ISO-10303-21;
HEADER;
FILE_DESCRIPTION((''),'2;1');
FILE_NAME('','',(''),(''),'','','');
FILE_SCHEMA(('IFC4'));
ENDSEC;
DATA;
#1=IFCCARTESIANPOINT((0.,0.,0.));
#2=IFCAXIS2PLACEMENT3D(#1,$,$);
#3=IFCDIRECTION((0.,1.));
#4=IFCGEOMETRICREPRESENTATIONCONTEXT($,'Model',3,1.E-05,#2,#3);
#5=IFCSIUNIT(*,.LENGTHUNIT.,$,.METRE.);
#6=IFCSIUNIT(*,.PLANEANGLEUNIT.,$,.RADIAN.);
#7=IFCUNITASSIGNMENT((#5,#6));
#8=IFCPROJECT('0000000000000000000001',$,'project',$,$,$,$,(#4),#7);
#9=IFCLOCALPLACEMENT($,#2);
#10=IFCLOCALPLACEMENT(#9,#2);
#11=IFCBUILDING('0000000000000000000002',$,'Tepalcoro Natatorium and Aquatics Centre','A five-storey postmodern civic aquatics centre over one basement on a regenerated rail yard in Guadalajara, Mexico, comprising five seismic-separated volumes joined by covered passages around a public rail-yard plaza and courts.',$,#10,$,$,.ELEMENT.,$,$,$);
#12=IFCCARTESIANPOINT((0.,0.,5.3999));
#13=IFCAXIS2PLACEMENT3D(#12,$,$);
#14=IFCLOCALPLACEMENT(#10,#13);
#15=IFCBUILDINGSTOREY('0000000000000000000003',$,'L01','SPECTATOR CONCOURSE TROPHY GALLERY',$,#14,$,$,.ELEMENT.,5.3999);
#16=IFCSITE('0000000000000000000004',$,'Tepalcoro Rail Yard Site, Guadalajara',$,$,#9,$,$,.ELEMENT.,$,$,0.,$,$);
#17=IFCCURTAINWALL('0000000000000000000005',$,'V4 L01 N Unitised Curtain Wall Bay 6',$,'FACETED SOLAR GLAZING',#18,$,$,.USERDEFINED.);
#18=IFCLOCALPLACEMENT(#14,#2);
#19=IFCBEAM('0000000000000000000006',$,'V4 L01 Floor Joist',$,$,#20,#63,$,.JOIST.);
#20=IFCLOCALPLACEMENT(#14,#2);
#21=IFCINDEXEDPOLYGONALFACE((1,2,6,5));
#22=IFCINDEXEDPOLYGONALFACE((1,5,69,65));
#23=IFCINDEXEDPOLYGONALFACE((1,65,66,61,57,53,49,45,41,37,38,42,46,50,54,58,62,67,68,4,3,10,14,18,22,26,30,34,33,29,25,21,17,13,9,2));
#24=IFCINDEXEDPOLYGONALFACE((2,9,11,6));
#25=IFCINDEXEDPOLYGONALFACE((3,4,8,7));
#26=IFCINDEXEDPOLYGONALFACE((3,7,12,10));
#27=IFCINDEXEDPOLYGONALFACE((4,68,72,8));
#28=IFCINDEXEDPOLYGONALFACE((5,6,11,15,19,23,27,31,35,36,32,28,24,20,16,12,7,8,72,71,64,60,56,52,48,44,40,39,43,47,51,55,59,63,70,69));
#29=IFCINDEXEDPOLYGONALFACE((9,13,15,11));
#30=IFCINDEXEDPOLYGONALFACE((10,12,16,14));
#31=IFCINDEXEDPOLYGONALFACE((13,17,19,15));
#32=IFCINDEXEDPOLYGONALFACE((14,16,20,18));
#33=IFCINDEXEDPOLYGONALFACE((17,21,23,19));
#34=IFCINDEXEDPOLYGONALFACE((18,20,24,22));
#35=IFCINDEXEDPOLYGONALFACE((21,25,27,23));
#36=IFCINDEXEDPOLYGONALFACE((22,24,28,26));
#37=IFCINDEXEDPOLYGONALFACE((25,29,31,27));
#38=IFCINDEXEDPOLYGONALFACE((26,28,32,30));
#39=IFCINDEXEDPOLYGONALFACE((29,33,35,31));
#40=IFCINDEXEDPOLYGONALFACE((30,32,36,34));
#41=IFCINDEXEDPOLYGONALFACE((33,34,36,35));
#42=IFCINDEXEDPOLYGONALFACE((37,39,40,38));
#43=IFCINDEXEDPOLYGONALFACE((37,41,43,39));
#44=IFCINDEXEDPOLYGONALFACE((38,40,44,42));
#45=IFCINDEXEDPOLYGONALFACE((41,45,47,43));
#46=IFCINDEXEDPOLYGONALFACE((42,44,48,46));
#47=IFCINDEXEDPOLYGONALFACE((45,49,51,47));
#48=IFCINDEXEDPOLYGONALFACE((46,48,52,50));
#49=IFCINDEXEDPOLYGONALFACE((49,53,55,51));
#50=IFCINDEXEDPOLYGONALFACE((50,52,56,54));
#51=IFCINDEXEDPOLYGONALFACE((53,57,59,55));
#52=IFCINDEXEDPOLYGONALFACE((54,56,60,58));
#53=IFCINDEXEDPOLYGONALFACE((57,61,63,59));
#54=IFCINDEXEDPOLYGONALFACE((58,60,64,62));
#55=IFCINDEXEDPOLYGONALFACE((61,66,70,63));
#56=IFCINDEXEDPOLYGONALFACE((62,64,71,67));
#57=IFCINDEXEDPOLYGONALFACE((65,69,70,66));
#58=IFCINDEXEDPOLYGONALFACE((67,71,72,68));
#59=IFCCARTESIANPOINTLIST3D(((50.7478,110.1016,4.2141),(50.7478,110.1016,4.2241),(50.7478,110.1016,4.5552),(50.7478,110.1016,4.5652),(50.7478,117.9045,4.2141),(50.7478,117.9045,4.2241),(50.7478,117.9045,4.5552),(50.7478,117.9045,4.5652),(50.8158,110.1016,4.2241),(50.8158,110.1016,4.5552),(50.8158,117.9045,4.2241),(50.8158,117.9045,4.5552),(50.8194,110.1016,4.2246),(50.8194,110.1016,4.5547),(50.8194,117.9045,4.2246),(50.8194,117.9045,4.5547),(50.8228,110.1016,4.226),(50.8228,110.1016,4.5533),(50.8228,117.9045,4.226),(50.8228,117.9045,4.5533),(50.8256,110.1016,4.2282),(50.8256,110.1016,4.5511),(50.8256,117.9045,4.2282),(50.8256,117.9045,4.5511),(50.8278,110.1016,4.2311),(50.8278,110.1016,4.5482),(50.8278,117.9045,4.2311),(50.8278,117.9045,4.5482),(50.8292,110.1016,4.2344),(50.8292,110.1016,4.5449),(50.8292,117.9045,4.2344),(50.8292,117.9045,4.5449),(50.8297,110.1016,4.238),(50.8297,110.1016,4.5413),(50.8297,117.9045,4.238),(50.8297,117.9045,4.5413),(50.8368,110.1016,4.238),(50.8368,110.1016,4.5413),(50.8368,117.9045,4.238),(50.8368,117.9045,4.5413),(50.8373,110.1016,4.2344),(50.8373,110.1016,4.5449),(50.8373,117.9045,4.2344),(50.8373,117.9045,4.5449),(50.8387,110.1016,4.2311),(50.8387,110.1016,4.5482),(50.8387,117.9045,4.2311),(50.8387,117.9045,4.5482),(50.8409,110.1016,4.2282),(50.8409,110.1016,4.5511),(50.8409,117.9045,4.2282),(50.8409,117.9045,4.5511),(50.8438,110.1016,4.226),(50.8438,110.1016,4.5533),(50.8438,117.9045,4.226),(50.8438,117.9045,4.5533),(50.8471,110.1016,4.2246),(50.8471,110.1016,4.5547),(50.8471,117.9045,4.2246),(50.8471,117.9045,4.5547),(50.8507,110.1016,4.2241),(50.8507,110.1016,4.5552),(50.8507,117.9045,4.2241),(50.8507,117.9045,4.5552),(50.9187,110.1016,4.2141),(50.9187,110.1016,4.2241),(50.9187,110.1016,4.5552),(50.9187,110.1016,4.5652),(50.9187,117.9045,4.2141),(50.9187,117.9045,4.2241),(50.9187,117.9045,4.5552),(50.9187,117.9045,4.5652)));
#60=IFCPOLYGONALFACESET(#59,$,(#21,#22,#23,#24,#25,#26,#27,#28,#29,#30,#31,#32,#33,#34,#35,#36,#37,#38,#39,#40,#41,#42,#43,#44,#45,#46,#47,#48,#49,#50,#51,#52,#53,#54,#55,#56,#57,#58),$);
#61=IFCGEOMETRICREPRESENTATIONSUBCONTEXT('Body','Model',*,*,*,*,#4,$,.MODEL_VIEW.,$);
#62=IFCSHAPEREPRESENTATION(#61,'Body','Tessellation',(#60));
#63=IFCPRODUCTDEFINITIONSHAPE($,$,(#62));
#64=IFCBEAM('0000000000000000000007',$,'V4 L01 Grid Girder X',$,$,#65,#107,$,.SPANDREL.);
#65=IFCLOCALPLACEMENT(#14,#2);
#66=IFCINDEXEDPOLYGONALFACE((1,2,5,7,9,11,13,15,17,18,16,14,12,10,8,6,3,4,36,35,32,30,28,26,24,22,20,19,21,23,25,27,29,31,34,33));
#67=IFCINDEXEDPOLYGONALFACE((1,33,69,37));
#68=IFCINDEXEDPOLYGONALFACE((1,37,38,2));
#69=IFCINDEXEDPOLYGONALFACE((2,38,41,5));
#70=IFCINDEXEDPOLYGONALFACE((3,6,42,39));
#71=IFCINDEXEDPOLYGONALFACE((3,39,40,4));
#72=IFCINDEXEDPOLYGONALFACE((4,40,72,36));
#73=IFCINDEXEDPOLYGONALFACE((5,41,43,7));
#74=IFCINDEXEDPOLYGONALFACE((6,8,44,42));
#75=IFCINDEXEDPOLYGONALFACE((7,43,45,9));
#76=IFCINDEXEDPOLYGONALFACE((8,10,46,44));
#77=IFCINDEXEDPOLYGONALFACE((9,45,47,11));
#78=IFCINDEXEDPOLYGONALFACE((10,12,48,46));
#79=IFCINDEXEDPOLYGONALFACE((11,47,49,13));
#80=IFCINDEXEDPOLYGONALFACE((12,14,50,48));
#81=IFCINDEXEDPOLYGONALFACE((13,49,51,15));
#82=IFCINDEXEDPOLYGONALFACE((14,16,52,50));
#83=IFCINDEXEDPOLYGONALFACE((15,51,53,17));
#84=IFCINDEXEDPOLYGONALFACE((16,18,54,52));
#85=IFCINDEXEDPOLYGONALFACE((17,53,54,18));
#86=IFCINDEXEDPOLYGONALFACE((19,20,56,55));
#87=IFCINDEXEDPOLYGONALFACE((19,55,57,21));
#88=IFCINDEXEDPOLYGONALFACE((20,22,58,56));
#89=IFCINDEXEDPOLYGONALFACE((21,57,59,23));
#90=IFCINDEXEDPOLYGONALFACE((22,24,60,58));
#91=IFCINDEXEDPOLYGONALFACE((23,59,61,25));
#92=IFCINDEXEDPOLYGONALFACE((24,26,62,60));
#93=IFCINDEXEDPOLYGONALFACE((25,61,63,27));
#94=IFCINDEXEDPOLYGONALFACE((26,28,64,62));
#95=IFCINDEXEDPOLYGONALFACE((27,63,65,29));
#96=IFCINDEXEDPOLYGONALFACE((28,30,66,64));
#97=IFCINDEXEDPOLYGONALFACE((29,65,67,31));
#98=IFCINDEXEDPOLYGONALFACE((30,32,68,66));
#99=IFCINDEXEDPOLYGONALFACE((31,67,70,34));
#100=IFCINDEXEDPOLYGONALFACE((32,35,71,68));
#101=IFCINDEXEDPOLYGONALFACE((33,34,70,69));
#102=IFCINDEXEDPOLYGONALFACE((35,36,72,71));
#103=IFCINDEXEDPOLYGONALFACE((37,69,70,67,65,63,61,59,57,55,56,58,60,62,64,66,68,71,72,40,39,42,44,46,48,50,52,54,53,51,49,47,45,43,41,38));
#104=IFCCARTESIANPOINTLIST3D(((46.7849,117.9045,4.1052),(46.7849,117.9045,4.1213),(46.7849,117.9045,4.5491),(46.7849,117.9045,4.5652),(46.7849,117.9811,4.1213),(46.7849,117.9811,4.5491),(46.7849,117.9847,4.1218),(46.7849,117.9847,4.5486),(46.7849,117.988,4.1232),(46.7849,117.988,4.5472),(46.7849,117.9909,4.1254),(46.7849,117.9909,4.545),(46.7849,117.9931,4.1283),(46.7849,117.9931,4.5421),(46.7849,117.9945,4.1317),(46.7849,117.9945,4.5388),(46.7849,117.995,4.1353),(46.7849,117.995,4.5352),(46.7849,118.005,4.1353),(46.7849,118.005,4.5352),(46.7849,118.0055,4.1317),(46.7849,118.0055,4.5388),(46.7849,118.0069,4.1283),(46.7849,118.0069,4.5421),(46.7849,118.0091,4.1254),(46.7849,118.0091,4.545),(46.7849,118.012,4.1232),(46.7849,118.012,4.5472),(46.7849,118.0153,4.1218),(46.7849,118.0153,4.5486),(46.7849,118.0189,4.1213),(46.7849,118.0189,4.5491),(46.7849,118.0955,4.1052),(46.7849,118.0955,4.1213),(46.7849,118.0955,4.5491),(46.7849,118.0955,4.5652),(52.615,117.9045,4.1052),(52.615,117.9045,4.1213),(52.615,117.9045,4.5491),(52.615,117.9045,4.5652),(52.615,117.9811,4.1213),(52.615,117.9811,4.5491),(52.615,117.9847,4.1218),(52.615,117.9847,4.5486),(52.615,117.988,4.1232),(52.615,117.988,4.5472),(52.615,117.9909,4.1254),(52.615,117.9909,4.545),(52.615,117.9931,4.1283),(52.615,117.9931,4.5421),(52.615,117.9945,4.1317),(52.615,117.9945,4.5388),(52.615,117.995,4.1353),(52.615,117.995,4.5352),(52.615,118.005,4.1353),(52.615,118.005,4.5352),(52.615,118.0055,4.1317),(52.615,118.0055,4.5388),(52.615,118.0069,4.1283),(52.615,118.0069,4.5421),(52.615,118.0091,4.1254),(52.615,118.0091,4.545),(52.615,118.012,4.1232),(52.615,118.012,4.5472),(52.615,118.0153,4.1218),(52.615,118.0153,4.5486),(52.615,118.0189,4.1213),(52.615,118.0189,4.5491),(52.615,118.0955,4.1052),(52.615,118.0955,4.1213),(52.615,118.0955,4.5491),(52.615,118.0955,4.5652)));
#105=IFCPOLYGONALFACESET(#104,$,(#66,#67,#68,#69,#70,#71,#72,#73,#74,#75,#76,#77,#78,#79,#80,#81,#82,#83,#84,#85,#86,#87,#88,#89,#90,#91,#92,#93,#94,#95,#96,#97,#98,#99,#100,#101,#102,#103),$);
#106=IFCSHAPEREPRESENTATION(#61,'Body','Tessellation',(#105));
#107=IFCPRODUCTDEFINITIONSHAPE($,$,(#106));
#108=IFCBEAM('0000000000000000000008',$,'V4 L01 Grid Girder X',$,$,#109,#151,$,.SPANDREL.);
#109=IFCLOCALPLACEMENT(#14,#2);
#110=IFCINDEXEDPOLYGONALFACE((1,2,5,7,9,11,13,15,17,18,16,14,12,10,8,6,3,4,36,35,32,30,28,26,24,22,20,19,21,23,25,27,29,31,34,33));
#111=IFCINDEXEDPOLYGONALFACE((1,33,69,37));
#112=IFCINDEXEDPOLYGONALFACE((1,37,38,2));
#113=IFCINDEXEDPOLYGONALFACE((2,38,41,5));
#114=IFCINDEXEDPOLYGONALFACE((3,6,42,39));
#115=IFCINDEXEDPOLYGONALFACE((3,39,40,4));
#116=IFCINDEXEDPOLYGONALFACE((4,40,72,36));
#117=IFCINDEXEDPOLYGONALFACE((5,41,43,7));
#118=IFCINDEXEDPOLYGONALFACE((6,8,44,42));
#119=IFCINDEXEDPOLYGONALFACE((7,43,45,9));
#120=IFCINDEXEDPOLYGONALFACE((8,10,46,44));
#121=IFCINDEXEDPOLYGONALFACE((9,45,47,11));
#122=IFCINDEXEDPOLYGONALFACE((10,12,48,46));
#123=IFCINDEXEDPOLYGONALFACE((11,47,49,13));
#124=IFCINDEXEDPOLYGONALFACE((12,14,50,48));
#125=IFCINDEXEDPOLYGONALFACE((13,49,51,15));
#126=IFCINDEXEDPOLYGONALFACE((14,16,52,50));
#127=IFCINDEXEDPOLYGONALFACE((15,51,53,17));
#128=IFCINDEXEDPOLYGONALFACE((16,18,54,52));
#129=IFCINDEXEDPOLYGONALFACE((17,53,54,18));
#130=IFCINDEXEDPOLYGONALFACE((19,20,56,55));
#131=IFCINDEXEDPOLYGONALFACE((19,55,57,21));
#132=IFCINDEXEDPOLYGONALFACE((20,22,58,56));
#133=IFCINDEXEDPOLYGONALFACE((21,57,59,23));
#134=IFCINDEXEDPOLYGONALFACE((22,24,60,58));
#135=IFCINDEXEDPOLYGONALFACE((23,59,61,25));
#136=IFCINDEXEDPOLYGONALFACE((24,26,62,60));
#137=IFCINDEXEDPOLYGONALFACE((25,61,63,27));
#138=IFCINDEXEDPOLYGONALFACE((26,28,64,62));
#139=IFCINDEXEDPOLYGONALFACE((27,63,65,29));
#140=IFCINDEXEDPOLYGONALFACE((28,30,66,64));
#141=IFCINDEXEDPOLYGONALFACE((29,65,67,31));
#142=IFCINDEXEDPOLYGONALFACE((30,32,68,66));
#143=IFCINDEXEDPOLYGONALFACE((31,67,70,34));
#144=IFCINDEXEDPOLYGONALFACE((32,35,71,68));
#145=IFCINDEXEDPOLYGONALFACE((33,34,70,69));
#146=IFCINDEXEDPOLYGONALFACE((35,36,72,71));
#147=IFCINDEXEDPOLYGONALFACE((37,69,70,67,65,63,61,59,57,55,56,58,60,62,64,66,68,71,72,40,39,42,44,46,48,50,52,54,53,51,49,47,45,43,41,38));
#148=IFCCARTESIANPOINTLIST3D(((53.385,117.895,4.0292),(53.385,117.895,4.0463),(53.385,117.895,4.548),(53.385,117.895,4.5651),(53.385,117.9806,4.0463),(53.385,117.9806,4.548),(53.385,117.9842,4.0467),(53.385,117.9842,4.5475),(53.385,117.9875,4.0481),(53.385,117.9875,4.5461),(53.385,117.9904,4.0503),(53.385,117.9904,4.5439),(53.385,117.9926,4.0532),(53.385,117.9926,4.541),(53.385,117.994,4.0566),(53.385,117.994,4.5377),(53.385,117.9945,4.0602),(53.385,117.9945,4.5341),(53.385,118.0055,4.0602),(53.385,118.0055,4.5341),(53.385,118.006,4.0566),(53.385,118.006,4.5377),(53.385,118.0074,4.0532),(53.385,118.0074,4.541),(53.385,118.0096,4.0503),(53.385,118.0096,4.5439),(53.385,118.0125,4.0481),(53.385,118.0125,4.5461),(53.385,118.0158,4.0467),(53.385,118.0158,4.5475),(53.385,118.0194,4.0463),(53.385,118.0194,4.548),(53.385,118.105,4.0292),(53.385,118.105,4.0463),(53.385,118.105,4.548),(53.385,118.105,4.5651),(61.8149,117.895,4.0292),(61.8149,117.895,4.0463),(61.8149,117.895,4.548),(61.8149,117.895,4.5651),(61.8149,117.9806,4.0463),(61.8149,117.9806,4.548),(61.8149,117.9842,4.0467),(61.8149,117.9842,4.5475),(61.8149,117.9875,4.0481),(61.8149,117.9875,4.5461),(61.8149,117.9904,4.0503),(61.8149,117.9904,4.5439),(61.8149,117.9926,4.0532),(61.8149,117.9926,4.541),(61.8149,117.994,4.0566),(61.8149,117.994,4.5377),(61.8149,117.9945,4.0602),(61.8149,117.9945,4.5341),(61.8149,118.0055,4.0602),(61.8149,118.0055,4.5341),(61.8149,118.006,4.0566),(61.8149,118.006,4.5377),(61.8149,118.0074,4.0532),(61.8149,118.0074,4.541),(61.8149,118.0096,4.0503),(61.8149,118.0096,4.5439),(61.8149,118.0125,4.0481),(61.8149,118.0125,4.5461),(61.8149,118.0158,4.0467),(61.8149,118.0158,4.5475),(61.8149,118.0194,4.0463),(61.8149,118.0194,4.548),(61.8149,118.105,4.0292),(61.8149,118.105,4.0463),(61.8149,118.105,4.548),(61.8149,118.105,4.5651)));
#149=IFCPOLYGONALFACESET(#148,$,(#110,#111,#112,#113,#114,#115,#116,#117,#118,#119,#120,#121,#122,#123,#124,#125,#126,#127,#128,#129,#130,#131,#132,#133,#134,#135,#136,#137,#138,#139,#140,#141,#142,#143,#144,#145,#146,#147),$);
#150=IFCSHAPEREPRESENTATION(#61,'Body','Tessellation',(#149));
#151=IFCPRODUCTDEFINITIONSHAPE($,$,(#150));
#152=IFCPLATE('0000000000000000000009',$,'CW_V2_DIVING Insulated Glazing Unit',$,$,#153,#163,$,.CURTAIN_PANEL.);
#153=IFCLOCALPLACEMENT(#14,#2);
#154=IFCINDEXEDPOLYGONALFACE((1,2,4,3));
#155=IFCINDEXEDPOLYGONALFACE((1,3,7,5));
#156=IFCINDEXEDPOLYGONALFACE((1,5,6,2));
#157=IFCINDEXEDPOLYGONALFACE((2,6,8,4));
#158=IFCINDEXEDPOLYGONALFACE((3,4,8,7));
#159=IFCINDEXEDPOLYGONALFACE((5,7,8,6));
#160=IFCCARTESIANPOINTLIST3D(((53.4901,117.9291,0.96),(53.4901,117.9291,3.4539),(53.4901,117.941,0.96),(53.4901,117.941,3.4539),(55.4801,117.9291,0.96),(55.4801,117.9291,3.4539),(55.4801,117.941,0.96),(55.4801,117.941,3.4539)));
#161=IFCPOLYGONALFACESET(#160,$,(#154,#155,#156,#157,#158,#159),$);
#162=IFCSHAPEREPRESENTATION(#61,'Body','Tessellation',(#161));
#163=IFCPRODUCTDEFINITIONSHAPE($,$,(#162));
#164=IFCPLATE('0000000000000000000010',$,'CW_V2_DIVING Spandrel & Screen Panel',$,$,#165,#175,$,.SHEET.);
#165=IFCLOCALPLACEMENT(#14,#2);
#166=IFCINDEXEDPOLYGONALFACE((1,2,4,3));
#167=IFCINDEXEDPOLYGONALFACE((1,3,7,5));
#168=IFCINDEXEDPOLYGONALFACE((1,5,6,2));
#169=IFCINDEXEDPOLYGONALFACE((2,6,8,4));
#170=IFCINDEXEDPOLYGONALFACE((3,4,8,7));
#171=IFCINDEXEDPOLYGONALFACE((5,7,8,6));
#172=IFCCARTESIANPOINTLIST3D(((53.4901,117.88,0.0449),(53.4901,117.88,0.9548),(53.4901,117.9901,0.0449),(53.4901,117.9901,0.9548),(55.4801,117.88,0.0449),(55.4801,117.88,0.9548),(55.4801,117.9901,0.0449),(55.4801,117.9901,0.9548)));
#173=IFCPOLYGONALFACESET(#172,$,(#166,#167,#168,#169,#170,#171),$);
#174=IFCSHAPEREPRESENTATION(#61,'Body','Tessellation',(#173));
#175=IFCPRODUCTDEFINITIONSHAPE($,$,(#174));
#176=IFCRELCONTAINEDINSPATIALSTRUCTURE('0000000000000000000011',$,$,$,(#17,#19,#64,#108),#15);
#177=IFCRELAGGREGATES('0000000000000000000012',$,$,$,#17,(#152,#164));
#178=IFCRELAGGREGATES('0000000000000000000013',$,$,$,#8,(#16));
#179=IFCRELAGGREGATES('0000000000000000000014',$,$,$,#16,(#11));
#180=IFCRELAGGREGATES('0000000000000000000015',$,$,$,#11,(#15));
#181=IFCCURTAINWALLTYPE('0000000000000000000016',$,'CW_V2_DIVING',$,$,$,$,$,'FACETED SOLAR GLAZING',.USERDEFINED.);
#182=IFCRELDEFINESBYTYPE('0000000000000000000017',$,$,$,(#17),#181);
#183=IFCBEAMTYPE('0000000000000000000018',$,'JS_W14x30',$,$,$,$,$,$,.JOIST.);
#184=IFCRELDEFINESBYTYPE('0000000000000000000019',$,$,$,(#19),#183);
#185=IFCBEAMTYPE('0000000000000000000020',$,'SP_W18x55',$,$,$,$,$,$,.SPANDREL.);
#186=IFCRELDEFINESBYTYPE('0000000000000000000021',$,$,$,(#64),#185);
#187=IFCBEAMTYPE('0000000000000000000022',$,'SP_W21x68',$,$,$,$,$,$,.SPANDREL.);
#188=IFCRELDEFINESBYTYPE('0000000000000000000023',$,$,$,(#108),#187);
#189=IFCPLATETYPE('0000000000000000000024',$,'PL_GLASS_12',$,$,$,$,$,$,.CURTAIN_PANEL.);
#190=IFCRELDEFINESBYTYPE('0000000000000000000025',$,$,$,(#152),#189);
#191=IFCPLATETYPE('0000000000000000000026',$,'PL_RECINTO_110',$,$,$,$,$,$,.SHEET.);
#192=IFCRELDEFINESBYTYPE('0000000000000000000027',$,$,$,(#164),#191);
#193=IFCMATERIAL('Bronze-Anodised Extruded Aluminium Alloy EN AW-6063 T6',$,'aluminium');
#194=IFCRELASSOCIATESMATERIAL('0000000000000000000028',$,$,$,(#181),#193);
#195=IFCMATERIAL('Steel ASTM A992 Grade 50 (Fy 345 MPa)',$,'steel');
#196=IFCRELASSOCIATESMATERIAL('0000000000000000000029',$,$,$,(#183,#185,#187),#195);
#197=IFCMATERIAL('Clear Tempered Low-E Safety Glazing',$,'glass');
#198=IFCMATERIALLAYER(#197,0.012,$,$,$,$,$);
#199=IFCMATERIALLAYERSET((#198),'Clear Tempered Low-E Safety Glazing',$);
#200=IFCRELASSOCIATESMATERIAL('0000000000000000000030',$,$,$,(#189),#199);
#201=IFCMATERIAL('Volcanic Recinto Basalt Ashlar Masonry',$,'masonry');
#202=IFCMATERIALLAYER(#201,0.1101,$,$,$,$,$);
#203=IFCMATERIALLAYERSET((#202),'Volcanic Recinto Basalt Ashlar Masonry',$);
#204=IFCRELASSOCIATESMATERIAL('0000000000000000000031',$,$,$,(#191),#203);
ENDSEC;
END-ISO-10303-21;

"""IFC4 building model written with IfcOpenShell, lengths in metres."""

from ifc_helpers import new_model, si_unit, direction, frame, origin, origin_2d, place, context, subcontext, project, spatial, rectangle, i_section, extrude, material, layer, layer_set, material_profile, profile_set, type_object, element, aggregate, save


model = new_model("IFC4")

# Units and contexts
model_context = context("Model", 3, precision=1e-05, world=origin(), true_north=direction((0.0, 1.0)))
body_context = subcontext(model_context, "Body", "Model", "MODEL_VIEW")
ifc_project = project(units=[si_unit("LENGTHUNIT", "METRE"), si_unit("PLANEANGLEUNIT", "RADIAN")], contexts=[model_context])

# Site, building, storey
site_placement = place(None, origin())
site = spatial("IfcSite", under=ifc_project, at=site_placement, Name="Tepalcoro Rail Yard Site, Guadalajara", CompositionType="ELEMENT", RefElevation=0.0)
building_placement = place(site_placement, origin())
building = spatial("IfcBuilding", under=site, at=building_placement, Name="Tepalcoro Natatorium and Aquatics Centre", Description="A five-storey postmodern civic aquatics centre over one basement on a regenerated rail yard in Guadalajara, Mexico, comprising five seismic-separated volumes joined by covered passages around a public rail-yard plaza and courts.", CompositionType="ELEMENT")
storey_placement = place(building_placement, frame((0.0, 0.0, 5.3999)))
storey = spatial("IfcBuildingStorey", under=building, at=storey_placement, Name="L01", Description="SPECTATOR CONCOURSE TROPHY GALLERY", CompositionType="ELEMENT", Elevation=5.3999)

# Shared definitions
ifc_material_1 = material(Name="Steel ASTM A992 Grade 50 (Fy 345 MPa)", Category="steel")

# Curtain wall
ifc_material_2 = material(Name="Bronze-Anodised Extruded Aluminium Alloy EN AW-6063 T6", Category="aluminium")
curtain_wall_type = type_object("IfcCurtainWallType", Name="CW_V2_DIVING", ElementType="FACETED SOLAR GLAZING", PredefinedType="USERDEFINED", material=ifc_material_2)
curtain_wall_placement = place(storey_placement, origin())
curtain_wall = element("IfcCurtainWall", 1, at=curtain_wall_placement, inside=storey, type_object=curtain_wall_type, Name="V4 L01 N Unitised Curtain Wall Bay 6", ObjectType="FACETED SOLAR GLAZING", PredefinedType="USERDEFINED")

# Beams
ifc_material_profile_1 = material_profile(ifc_material_1, i_section(OverallWidth=0.1709, OverallDepth=0.3511, WebThickness=0.0071, FlangeThickness=0.01, FilletRadius=0.0139, at=origin_2d()), Name="W14X30")
ifc_profile_set_1 = profile_set([ifc_material_profile_1], Name="Steel ASTM A992 Grade 50 (Fy 345 MPa)")
beam_type_1 = type_object("IfcBeamType", Name="JS_W14x30", PredefinedType="JOIST", material=ifc_profile_set_1)
beam_1_placement = place(storey_placement, frame((50.8333, 110.1016, 4.3896), z_axis=(0.0, 1.0, 0.0), x_axis=(-1.0, 0.0, 0.0)))
element("IfcBeam", 2, at=beam_1_placement, inside=storey, type_object=beam_type_1, Name="V4 L01 Floor Joist", PredefinedType="JOIST", context=body_context, shape_type="SweptSolid", body=[
    extrude(i_section(OverallWidth=0.1709, OverallDepth=0.3511, WebThickness=0.0071, FlangeThickness=0.01, FilletRadius=0.0139, at=origin_2d()), origin(), (0.0, 0.0, 1.0), 7.803),
])
ifc_material_profile_2 = material_profile(ifc_material_1, i_section(OverallWidth=0.1909, OverallDepth=0.46, WebThickness=0.01, FlangeThickness=0.0161, FilletRadius=0.0139, at=origin_2d()), Name="W18X55")
ifc_profile_set_2 = profile_set([ifc_material_profile_2], Name="Steel ASTM A992 Grade 50 (Fy 345 MPa)")
beam_type_2 = type_object("IfcBeamType", Name="SP_W18x55", PredefinedType="SPANDREL", material=ifc_profile_set_2)
beam_2_placement = place(storey_placement, frame((46.7849, 118.0, 4.3352), z_axis=(1.0, 0.0, 0.0), x_axis=(0.0, 1.0, 0.0)))
element("IfcBeam", 3, at=beam_2_placement, inside=storey, type_object=beam_type_2, Name="V4 L01 Grid Girder X", PredefinedType="SPANDREL", context=body_context, shape_type="SweptSolid", body=[
    extrude(i_section(OverallWidth=0.1909, OverallDepth=0.46, WebThickness=0.01, FlangeThickness=0.0161, FilletRadius=0.0139, at=origin_2d()), origin(), (0.0, 0.0, 1.0), 5.8301),
])
ifc_material_profile_3 = material_profile(ifc_material_1, i_section(OverallWidth=0.21, OverallDepth=0.5359, WebThickness=0.011, FlangeThickness=0.0171, FilletRadius=0.0139, at=origin_2d()), Name="W21X68")
ifc_profile_set_3 = profile_set([ifc_material_profile_3], Name="Steel ASTM A992 Grade 50 (Fy 345 MPa)")
beam_type_3 = type_object("IfcBeamType", Name="SP_W21x68", PredefinedType="SPANDREL", material=ifc_profile_set_3)
beam_3_placement = place(storey_placement, frame((53.385, 118.0, 4.2971), z_axis=(1.0, 0.0, 0.0), x_axis=(0.0, 1.0, 0.0)))
element("IfcBeam", 4, at=beam_3_placement, inside=storey, type_object=beam_type_3, Name="V4 L01 Grid Girder X", PredefinedType="SPANDREL", context=body_context, shape_type="SweptSolid", body=[
    extrude(i_section(OverallWidth=0.21, OverallDepth=0.5359, WebThickness=0.011, FlangeThickness=0.0171, FilletRadius=0.0139, at=origin_2d()), origin(), (0.0, 0.0, 1.0), 8.4299),
])

# Plates
ifc_material_3 = material(Name="Clear Tempered Low-E Safety Glazing", Category="glass")
ifc_layer_1 = layer(ifc_material_3, 0.012)
ifc_layer_set_1 = layer_set([ifc_layer_1], Name="Clear Tempered Low-E Safety Glazing")
plate_type_1 = type_object("IfcPlateType", Name="PL_GLASS_12", PredefinedType="CURTAIN_PANEL", material=ifc_layer_set_1)
plate_1_placement = place(storey_placement, frame((54.4851, 117.9351, 0.96), z_axis=(0.0, 0.0, 1.0), x_axis=(1.0, 0.0, 0.0)))
plate_1 = element("IfcPlate", 5, at=plate_1_placement, type_object=plate_type_1, Name="CW_V2_DIVING Insulated Glazing Unit", PredefinedType="CURTAIN_PANEL", context=body_context, shape_type="SweptSolid", body=[
    extrude(rectangle(XDim=1.99, YDim=0.012, at=origin_2d()), origin(), (0.0, 0.0, 1.0), 2.4939),
])
ifc_material_4 = material(Name="Volcanic Recinto Basalt Ashlar Masonry", Category="masonry")
ifc_layer_2 = layer(ifc_material_4, 0.1101)
ifc_layer_set_2 = layer_set([ifc_layer_2], Name="Volcanic Recinto Basalt Ashlar Masonry")
plate_type_2 = type_object("IfcPlateType", Name="PL_RECINTO_110", PredefinedType="SHEET", material=ifc_layer_set_2)
plate_2_placement = place(storey_placement, frame((54.4851, 117.9351, 0.0449), z_axis=(0.0, 0.0, 1.0), x_axis=(1.0, 0.0, 0.0)))
plate_2 = element("IfcPlate", 6, at=plate_2_placement, type_object=plate_type_2, Name="CW_V2_DIVING Spandrel & Screen Panel", PredefinedType="SHEET", context=body_context, shape_type="SweptSolid", body=[
    extrude(rectangle(XDim=1.99, YDim=0.1101, at=origin_2d()), origin(), (0.0, 0.0, 1.0), 0.9099),
])
aggregate(curtain_wall, [plate_1, plate_2])

save(model, "model.ifc")
